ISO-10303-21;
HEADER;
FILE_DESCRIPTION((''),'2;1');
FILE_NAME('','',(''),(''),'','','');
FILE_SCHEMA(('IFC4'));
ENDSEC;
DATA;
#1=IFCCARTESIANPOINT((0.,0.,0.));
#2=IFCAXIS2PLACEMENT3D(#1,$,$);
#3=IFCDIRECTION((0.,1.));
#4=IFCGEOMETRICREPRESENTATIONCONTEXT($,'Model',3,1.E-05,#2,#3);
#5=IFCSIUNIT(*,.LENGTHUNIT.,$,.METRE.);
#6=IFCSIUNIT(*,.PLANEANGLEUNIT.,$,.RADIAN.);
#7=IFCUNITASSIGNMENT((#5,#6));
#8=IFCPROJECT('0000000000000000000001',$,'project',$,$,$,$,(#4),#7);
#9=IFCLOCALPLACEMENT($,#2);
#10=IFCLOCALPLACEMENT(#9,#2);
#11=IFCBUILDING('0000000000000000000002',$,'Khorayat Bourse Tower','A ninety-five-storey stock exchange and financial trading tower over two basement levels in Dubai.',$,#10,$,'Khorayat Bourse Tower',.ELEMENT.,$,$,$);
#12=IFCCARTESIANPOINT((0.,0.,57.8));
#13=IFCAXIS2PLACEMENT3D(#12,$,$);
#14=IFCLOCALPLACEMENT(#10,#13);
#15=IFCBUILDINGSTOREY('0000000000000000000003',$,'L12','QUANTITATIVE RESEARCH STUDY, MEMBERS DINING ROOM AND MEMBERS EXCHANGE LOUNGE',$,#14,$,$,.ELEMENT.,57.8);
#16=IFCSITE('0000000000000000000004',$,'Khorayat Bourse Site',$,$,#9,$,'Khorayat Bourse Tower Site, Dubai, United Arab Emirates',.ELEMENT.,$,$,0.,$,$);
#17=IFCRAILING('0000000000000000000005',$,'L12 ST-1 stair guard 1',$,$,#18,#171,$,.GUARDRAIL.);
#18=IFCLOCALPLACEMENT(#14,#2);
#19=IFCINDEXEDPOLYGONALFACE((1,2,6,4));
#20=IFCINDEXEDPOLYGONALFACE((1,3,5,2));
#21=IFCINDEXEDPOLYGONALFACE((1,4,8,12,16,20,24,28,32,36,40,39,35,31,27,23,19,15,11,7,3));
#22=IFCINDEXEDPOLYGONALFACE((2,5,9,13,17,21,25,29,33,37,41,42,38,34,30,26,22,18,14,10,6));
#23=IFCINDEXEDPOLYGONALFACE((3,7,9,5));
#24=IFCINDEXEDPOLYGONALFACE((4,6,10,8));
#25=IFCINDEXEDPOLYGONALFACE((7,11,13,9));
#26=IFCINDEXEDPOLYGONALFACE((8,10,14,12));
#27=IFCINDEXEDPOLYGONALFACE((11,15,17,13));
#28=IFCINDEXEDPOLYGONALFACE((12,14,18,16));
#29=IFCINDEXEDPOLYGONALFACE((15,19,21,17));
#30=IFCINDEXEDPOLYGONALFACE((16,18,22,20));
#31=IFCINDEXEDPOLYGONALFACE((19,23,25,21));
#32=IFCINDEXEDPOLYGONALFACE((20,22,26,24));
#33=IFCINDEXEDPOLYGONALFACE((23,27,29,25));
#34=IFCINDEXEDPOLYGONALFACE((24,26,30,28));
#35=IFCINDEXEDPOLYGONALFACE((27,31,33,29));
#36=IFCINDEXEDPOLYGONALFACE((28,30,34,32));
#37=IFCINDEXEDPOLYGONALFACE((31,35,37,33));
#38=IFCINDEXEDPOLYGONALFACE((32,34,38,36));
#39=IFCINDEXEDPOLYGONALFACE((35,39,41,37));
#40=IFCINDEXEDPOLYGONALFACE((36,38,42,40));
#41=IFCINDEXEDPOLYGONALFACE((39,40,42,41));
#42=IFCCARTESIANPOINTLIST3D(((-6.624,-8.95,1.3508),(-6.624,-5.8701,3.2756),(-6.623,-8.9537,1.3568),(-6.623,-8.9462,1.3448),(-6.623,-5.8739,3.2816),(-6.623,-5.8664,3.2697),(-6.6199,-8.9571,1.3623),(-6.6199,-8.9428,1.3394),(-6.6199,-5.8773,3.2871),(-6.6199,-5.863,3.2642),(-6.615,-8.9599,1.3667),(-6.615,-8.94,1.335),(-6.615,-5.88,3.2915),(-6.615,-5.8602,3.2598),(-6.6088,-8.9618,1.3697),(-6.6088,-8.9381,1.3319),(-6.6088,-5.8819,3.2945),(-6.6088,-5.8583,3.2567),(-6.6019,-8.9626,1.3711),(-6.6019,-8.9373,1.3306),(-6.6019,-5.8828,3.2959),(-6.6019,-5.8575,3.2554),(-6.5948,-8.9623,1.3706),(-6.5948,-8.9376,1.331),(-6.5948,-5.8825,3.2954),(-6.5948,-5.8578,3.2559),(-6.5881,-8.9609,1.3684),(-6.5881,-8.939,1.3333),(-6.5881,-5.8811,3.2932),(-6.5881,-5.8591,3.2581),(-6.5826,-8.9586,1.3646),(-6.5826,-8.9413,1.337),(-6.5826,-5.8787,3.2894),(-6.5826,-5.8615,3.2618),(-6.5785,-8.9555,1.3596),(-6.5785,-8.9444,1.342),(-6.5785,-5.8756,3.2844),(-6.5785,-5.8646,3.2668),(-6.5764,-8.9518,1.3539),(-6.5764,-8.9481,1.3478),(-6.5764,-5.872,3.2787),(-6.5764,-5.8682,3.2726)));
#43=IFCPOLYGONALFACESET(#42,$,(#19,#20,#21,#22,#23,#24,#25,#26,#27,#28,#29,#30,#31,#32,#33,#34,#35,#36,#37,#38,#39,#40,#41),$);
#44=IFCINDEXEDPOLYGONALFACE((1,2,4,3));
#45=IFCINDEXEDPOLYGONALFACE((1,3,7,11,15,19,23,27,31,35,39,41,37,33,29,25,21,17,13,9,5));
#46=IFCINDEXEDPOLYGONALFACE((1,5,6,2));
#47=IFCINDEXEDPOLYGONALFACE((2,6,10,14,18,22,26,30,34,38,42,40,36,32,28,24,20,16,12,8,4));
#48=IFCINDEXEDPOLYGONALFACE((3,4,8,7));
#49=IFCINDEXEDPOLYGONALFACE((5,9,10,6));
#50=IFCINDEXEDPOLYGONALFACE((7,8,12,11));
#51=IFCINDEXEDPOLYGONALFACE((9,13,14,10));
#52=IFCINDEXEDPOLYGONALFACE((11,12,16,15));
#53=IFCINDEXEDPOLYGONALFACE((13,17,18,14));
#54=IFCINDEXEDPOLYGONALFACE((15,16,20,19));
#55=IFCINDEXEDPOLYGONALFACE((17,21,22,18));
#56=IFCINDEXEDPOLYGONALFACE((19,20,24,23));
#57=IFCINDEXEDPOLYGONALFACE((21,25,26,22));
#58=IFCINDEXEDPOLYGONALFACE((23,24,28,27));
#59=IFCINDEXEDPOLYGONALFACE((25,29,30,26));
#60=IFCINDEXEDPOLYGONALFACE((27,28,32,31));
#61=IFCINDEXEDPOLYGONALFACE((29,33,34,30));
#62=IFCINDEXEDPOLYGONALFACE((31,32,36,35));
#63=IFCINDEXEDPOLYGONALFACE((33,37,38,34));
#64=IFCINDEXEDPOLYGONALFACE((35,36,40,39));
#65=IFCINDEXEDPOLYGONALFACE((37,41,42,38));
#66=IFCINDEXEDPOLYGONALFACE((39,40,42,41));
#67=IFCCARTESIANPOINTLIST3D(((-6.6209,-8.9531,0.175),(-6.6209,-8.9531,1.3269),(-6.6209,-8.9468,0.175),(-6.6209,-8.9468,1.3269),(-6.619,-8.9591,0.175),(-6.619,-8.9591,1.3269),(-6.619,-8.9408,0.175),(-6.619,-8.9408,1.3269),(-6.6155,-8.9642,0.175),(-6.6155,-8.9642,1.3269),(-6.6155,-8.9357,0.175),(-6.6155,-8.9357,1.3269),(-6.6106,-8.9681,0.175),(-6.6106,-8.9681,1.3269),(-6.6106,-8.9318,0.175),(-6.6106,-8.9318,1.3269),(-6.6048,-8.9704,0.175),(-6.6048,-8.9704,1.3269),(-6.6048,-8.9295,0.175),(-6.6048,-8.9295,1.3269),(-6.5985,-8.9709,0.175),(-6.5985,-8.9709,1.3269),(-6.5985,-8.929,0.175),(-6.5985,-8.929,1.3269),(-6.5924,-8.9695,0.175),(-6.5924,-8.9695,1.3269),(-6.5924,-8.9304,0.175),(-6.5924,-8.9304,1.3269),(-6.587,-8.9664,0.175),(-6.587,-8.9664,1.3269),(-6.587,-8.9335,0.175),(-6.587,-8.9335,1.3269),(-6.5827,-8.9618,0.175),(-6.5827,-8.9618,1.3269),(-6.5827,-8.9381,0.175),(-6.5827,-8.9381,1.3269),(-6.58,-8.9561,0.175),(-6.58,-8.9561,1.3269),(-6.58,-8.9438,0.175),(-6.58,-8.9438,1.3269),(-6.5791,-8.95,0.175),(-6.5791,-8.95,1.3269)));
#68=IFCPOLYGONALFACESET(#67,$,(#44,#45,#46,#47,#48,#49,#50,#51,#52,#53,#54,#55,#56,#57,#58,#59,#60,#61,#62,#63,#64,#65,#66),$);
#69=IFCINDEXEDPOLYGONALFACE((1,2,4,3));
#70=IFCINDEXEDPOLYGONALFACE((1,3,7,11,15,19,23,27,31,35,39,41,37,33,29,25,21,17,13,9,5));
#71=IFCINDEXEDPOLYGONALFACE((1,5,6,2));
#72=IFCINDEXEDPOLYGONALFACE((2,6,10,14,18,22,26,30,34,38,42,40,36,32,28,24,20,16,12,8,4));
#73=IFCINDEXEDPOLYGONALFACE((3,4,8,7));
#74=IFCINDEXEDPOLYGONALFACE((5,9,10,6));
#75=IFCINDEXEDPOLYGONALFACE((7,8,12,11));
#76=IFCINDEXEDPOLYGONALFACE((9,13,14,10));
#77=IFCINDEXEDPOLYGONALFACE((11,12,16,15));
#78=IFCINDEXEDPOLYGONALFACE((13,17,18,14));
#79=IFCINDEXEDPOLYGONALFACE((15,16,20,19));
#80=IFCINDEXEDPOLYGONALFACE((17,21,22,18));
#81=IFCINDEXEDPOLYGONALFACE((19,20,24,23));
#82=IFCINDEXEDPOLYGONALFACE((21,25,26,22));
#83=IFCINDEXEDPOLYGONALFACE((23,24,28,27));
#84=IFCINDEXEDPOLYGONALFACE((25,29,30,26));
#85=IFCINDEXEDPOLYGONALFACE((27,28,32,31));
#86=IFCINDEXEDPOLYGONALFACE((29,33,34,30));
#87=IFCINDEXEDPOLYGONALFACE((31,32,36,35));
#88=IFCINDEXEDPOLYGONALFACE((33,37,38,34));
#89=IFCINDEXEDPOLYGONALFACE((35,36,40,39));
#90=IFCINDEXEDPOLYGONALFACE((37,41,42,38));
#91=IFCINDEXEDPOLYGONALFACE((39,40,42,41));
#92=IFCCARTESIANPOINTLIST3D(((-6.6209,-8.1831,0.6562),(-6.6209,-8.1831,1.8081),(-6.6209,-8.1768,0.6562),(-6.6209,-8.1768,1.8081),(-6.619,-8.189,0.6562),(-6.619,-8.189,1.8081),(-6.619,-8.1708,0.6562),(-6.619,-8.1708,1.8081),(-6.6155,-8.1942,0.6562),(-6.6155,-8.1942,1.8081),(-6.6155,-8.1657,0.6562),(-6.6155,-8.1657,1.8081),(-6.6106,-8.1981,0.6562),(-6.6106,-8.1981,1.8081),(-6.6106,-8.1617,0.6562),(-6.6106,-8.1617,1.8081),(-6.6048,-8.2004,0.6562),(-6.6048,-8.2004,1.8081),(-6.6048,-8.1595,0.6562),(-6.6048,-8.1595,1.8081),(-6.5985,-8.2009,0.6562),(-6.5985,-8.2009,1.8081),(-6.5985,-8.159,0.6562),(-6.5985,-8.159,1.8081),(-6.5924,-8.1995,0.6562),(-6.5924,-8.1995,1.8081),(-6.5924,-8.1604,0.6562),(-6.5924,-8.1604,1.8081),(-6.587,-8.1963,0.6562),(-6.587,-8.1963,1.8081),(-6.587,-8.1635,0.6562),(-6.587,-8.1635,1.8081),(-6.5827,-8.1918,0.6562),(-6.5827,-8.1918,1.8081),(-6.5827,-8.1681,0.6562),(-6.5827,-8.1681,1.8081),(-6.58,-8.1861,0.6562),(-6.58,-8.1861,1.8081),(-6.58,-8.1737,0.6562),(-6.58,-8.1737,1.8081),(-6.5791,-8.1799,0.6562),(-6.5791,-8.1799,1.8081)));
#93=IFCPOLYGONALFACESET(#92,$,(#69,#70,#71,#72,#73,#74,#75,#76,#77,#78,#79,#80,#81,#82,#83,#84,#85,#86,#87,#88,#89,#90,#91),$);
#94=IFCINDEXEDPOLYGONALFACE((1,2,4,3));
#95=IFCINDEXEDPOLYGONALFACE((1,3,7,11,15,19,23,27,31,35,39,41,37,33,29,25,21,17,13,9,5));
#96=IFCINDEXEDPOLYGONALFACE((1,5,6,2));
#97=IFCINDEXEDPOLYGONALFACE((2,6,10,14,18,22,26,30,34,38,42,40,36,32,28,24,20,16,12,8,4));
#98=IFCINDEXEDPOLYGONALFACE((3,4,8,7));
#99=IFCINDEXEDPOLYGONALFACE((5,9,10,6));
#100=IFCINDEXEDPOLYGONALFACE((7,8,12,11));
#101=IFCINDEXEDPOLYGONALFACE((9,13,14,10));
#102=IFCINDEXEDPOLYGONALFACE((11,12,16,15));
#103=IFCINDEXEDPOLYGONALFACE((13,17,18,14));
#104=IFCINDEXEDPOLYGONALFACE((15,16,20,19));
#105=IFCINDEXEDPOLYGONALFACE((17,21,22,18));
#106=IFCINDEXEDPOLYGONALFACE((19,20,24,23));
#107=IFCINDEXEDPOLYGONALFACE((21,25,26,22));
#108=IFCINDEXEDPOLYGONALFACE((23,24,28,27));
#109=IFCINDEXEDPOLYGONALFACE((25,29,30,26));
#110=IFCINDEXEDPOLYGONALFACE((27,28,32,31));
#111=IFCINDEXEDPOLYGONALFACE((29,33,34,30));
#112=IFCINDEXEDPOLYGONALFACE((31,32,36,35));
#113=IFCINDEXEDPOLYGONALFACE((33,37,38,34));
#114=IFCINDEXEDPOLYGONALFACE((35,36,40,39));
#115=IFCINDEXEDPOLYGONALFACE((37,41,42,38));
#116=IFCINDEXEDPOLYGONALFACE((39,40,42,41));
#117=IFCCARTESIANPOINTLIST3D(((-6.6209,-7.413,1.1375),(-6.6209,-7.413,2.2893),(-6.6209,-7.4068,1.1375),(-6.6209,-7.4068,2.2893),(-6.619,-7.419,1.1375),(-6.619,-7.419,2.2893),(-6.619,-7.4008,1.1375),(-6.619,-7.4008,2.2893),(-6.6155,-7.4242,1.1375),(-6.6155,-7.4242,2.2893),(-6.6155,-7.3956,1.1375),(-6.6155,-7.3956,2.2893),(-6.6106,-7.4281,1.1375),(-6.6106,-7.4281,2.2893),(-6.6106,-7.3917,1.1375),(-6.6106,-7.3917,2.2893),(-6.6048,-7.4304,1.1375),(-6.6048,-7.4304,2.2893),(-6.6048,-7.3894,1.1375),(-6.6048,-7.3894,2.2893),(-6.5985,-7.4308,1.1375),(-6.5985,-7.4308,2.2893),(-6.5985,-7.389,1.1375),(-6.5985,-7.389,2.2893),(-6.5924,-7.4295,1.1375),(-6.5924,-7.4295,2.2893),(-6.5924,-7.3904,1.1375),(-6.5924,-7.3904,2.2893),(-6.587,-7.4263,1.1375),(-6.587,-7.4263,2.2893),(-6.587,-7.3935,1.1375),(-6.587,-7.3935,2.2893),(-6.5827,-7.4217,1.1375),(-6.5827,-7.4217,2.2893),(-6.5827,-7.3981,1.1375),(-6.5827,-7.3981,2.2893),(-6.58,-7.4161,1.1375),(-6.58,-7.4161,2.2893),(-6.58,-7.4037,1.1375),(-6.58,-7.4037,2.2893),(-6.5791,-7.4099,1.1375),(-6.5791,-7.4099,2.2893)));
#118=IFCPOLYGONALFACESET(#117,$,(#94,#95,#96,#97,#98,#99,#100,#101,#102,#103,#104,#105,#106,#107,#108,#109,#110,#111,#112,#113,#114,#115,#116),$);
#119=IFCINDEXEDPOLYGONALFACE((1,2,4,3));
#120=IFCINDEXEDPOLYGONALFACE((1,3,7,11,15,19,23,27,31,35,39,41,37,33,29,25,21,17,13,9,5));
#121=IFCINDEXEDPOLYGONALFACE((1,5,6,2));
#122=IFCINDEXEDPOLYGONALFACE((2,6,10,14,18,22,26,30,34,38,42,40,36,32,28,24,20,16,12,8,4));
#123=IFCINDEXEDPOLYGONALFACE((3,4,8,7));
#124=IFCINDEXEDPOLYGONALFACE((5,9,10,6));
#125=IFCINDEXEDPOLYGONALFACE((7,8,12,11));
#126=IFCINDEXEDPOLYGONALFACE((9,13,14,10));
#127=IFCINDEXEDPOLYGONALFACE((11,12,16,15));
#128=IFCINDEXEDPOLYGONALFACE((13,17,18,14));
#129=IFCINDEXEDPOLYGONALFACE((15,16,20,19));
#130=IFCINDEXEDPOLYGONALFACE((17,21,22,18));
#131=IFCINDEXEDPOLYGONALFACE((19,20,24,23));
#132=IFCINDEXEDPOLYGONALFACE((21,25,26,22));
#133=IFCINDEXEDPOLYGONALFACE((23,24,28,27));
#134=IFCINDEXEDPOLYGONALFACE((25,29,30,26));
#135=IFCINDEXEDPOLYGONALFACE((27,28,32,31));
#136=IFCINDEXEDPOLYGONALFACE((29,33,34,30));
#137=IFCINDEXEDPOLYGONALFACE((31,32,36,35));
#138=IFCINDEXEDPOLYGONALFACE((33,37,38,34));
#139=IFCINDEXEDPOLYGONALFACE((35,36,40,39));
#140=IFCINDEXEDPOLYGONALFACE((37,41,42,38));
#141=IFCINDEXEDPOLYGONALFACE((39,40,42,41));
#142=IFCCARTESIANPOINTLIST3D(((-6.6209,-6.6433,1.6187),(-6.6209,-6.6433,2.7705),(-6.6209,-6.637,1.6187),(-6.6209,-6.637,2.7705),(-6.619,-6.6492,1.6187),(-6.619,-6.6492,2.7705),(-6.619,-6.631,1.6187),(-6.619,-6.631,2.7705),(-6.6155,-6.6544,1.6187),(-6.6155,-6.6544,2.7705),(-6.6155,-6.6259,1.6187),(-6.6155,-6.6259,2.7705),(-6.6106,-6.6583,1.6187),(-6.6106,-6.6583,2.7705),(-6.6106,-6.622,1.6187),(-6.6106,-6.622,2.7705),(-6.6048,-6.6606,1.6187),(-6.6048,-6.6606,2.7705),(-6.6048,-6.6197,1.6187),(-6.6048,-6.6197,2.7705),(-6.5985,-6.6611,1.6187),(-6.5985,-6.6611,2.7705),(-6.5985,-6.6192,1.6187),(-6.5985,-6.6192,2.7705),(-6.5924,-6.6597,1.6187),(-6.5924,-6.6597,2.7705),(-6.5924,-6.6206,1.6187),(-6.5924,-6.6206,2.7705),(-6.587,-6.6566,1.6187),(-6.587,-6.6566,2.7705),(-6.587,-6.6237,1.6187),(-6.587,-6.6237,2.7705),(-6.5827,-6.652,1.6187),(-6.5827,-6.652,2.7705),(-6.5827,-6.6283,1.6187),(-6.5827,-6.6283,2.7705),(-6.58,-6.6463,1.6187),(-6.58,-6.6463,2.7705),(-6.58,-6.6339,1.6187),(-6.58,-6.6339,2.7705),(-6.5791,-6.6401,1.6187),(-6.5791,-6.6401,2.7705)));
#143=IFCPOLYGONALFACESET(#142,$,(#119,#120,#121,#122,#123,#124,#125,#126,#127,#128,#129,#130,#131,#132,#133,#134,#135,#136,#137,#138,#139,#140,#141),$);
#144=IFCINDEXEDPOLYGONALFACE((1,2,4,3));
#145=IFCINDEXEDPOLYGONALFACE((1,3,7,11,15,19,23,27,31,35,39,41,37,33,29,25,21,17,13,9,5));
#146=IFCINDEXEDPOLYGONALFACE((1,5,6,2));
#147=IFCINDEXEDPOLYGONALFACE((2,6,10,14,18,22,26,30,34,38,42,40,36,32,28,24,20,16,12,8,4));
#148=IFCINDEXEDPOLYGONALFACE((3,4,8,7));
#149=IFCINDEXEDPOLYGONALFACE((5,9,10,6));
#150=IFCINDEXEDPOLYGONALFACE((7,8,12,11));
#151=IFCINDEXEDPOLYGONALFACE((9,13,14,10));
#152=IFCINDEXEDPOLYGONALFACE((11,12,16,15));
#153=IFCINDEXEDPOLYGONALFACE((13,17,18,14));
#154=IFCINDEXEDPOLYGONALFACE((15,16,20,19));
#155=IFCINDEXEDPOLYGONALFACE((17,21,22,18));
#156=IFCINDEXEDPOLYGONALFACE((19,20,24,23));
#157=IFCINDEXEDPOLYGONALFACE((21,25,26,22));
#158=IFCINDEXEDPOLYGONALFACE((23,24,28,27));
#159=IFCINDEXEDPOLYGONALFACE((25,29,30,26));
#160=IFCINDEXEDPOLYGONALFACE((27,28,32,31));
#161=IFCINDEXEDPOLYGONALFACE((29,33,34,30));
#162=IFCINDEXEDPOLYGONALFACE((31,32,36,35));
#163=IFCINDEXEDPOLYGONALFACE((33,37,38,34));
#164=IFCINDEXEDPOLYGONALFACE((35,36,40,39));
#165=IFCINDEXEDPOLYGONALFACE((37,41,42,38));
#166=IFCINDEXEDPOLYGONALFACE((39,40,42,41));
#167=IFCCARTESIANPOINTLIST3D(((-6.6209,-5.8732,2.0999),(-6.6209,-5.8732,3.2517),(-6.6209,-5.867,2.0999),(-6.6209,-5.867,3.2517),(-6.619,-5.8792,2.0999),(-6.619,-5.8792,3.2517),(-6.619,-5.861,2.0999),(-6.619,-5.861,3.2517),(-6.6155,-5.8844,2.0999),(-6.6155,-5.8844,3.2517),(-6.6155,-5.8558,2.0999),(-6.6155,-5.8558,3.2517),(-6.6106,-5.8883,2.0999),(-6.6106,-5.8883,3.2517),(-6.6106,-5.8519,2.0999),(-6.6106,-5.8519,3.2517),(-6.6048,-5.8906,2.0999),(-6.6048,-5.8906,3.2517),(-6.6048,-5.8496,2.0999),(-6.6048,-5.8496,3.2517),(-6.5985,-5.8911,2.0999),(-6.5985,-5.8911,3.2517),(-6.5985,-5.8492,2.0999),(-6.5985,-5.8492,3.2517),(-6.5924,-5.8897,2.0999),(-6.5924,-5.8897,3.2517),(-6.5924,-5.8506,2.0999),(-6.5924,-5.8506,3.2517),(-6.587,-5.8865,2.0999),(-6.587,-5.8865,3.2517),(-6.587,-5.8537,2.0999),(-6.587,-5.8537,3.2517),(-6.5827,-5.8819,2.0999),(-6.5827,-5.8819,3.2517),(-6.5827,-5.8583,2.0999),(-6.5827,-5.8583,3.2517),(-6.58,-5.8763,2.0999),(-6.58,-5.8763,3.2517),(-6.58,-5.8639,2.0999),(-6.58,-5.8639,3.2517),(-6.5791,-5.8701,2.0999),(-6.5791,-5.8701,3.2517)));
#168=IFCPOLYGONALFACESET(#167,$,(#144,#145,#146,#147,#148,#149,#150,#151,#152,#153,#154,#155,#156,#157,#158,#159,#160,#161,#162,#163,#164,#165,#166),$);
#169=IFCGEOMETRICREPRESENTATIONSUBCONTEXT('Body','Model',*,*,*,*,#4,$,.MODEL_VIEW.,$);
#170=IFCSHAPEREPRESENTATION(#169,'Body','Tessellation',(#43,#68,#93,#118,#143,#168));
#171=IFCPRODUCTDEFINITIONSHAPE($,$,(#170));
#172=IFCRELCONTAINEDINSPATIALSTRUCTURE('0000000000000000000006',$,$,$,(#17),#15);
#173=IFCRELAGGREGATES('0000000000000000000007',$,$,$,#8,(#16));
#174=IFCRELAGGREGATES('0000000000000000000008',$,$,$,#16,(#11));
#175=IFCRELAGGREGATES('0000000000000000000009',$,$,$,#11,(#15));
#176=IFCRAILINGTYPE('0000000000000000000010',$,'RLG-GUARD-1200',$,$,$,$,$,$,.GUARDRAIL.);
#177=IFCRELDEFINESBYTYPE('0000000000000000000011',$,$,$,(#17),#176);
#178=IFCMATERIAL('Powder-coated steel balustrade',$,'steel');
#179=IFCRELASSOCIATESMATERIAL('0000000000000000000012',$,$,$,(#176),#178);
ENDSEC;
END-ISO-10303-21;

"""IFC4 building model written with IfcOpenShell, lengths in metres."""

from ifc_helpers import new_model, si_unit, direction, frame, origin, origin_2d, place, context, subcontext, project, spatial, circle, extrude, source, transform, mapped, material, type_object, element, save


model = new_model("IFC4")

# Units and contexts
model_context = context("Model", 3, precision=1e-05, world=origin(), true_north=direction((0.0, 1.0)))
body_context = subcontext(model_context, "Body", "Model", "MODEL_VIEW")
ifc_project = project(units=[si_unit("LENGTHUNIT", "METRE"), si_unit("PLANEANGLEUNIT", "RADIAN")], contexts=[model_context])

# Site, building, storey
site_placement = place(None, origin())
site = spatial("IfcSite", under=ifc_project, at=site_placement, Name="Khorayat Bourse Site", LongName="Khorayat Bourse Tower Site, Dubai, United Arab Emirates", CompositionType="ELEMENT", RefElevation=0.0)
building_placement = place(site_placement, origin())
building = spatial("IfcBuilding", under=site, at=building_placement, Name="Khorayat Bourse Tower", Description="A ninety-five-storey stock exchange and financial trading tower over two basement levels in Dubai.", LongName="Khorayat Bourse Tower", CompositionType="ELEMENT")
storey_placement = place(building_placement, frame((0.0, 0.0, 57.8)))
storey = spatial("IfcBuildingStorey", under=building, at=storey_placement, Name="L12", Description="QUANTITATIVE RESEARCH STUDY, MEMBERS DINING ROOM AND MEMBERS EXCHANGE LOUNGE", CompositionType="ELEMENT", Elevation=57.8)

# Railing
ifc_material_1 = material(Name="Powder-coated steel balustrade", Category="steel")
railing_type_1 = type_object("IfcRailingType", Name="RLG-GUARD-1200", PredefinedType="GUARDRAIL", material=ifc_material_1)
shared_shape_1 = source(origin(), body_context, "Body", "SweptSolid", [
    extrude(circle(Radius=0.0239, at=origin_2d()), frame((0.0, 0.0, 1.1758), z_axis=(0.0, 0.84801, 0.529981), x_axis=(-1.0, 0.0, 0.0)), (0.0, 0.0, 1.0), 3.6318),
    extrude(circle(Radius=0.021, at=origin_2d()), origin(), (0.0, 0.0, 1.0), 1.1519),
    extrude(circle(Radius=0.021, at=origin_2d()), frame((0.0, 0.77, 0.4812)), (0.0, 0.0, 1.0), 1.1519),
    extrude(circle(Radius=0.021, at=origin_2d()), frame((0.0, 1.54, 0.9624)), (0.0, 0.0, 1.0), 1.1519),
    extrude(circle(Radius=0.021, at=origin_2d()), frame((0.0, 2.3098, 1.4436)), (0.0, 0.0, 1.0), 1.1519),
    extrude(circle(Radius=0.021, at=origin_2d()), frame((0.0, 3.0798, 1.9248)), (0.0, 0.0, 1.0), 1.1519),
])
railing_1_placement = place(storey_placement, frame((-6.6001, -8.95, 0.175)))
element("IfcRailing", 1, at=railing_1_placement, inside=storey, type_object=railing_type_1, Name="L12 ST-1 stair guard 1", PredefinedType="GUARDRAIL", context=body_context, shape_type="MappedRepresentation", body=[
    mapped(shared_shape_1, transform((0.0, 0.0, 0.0), scale=1.0)),
])

save(model, "model.ifc")
